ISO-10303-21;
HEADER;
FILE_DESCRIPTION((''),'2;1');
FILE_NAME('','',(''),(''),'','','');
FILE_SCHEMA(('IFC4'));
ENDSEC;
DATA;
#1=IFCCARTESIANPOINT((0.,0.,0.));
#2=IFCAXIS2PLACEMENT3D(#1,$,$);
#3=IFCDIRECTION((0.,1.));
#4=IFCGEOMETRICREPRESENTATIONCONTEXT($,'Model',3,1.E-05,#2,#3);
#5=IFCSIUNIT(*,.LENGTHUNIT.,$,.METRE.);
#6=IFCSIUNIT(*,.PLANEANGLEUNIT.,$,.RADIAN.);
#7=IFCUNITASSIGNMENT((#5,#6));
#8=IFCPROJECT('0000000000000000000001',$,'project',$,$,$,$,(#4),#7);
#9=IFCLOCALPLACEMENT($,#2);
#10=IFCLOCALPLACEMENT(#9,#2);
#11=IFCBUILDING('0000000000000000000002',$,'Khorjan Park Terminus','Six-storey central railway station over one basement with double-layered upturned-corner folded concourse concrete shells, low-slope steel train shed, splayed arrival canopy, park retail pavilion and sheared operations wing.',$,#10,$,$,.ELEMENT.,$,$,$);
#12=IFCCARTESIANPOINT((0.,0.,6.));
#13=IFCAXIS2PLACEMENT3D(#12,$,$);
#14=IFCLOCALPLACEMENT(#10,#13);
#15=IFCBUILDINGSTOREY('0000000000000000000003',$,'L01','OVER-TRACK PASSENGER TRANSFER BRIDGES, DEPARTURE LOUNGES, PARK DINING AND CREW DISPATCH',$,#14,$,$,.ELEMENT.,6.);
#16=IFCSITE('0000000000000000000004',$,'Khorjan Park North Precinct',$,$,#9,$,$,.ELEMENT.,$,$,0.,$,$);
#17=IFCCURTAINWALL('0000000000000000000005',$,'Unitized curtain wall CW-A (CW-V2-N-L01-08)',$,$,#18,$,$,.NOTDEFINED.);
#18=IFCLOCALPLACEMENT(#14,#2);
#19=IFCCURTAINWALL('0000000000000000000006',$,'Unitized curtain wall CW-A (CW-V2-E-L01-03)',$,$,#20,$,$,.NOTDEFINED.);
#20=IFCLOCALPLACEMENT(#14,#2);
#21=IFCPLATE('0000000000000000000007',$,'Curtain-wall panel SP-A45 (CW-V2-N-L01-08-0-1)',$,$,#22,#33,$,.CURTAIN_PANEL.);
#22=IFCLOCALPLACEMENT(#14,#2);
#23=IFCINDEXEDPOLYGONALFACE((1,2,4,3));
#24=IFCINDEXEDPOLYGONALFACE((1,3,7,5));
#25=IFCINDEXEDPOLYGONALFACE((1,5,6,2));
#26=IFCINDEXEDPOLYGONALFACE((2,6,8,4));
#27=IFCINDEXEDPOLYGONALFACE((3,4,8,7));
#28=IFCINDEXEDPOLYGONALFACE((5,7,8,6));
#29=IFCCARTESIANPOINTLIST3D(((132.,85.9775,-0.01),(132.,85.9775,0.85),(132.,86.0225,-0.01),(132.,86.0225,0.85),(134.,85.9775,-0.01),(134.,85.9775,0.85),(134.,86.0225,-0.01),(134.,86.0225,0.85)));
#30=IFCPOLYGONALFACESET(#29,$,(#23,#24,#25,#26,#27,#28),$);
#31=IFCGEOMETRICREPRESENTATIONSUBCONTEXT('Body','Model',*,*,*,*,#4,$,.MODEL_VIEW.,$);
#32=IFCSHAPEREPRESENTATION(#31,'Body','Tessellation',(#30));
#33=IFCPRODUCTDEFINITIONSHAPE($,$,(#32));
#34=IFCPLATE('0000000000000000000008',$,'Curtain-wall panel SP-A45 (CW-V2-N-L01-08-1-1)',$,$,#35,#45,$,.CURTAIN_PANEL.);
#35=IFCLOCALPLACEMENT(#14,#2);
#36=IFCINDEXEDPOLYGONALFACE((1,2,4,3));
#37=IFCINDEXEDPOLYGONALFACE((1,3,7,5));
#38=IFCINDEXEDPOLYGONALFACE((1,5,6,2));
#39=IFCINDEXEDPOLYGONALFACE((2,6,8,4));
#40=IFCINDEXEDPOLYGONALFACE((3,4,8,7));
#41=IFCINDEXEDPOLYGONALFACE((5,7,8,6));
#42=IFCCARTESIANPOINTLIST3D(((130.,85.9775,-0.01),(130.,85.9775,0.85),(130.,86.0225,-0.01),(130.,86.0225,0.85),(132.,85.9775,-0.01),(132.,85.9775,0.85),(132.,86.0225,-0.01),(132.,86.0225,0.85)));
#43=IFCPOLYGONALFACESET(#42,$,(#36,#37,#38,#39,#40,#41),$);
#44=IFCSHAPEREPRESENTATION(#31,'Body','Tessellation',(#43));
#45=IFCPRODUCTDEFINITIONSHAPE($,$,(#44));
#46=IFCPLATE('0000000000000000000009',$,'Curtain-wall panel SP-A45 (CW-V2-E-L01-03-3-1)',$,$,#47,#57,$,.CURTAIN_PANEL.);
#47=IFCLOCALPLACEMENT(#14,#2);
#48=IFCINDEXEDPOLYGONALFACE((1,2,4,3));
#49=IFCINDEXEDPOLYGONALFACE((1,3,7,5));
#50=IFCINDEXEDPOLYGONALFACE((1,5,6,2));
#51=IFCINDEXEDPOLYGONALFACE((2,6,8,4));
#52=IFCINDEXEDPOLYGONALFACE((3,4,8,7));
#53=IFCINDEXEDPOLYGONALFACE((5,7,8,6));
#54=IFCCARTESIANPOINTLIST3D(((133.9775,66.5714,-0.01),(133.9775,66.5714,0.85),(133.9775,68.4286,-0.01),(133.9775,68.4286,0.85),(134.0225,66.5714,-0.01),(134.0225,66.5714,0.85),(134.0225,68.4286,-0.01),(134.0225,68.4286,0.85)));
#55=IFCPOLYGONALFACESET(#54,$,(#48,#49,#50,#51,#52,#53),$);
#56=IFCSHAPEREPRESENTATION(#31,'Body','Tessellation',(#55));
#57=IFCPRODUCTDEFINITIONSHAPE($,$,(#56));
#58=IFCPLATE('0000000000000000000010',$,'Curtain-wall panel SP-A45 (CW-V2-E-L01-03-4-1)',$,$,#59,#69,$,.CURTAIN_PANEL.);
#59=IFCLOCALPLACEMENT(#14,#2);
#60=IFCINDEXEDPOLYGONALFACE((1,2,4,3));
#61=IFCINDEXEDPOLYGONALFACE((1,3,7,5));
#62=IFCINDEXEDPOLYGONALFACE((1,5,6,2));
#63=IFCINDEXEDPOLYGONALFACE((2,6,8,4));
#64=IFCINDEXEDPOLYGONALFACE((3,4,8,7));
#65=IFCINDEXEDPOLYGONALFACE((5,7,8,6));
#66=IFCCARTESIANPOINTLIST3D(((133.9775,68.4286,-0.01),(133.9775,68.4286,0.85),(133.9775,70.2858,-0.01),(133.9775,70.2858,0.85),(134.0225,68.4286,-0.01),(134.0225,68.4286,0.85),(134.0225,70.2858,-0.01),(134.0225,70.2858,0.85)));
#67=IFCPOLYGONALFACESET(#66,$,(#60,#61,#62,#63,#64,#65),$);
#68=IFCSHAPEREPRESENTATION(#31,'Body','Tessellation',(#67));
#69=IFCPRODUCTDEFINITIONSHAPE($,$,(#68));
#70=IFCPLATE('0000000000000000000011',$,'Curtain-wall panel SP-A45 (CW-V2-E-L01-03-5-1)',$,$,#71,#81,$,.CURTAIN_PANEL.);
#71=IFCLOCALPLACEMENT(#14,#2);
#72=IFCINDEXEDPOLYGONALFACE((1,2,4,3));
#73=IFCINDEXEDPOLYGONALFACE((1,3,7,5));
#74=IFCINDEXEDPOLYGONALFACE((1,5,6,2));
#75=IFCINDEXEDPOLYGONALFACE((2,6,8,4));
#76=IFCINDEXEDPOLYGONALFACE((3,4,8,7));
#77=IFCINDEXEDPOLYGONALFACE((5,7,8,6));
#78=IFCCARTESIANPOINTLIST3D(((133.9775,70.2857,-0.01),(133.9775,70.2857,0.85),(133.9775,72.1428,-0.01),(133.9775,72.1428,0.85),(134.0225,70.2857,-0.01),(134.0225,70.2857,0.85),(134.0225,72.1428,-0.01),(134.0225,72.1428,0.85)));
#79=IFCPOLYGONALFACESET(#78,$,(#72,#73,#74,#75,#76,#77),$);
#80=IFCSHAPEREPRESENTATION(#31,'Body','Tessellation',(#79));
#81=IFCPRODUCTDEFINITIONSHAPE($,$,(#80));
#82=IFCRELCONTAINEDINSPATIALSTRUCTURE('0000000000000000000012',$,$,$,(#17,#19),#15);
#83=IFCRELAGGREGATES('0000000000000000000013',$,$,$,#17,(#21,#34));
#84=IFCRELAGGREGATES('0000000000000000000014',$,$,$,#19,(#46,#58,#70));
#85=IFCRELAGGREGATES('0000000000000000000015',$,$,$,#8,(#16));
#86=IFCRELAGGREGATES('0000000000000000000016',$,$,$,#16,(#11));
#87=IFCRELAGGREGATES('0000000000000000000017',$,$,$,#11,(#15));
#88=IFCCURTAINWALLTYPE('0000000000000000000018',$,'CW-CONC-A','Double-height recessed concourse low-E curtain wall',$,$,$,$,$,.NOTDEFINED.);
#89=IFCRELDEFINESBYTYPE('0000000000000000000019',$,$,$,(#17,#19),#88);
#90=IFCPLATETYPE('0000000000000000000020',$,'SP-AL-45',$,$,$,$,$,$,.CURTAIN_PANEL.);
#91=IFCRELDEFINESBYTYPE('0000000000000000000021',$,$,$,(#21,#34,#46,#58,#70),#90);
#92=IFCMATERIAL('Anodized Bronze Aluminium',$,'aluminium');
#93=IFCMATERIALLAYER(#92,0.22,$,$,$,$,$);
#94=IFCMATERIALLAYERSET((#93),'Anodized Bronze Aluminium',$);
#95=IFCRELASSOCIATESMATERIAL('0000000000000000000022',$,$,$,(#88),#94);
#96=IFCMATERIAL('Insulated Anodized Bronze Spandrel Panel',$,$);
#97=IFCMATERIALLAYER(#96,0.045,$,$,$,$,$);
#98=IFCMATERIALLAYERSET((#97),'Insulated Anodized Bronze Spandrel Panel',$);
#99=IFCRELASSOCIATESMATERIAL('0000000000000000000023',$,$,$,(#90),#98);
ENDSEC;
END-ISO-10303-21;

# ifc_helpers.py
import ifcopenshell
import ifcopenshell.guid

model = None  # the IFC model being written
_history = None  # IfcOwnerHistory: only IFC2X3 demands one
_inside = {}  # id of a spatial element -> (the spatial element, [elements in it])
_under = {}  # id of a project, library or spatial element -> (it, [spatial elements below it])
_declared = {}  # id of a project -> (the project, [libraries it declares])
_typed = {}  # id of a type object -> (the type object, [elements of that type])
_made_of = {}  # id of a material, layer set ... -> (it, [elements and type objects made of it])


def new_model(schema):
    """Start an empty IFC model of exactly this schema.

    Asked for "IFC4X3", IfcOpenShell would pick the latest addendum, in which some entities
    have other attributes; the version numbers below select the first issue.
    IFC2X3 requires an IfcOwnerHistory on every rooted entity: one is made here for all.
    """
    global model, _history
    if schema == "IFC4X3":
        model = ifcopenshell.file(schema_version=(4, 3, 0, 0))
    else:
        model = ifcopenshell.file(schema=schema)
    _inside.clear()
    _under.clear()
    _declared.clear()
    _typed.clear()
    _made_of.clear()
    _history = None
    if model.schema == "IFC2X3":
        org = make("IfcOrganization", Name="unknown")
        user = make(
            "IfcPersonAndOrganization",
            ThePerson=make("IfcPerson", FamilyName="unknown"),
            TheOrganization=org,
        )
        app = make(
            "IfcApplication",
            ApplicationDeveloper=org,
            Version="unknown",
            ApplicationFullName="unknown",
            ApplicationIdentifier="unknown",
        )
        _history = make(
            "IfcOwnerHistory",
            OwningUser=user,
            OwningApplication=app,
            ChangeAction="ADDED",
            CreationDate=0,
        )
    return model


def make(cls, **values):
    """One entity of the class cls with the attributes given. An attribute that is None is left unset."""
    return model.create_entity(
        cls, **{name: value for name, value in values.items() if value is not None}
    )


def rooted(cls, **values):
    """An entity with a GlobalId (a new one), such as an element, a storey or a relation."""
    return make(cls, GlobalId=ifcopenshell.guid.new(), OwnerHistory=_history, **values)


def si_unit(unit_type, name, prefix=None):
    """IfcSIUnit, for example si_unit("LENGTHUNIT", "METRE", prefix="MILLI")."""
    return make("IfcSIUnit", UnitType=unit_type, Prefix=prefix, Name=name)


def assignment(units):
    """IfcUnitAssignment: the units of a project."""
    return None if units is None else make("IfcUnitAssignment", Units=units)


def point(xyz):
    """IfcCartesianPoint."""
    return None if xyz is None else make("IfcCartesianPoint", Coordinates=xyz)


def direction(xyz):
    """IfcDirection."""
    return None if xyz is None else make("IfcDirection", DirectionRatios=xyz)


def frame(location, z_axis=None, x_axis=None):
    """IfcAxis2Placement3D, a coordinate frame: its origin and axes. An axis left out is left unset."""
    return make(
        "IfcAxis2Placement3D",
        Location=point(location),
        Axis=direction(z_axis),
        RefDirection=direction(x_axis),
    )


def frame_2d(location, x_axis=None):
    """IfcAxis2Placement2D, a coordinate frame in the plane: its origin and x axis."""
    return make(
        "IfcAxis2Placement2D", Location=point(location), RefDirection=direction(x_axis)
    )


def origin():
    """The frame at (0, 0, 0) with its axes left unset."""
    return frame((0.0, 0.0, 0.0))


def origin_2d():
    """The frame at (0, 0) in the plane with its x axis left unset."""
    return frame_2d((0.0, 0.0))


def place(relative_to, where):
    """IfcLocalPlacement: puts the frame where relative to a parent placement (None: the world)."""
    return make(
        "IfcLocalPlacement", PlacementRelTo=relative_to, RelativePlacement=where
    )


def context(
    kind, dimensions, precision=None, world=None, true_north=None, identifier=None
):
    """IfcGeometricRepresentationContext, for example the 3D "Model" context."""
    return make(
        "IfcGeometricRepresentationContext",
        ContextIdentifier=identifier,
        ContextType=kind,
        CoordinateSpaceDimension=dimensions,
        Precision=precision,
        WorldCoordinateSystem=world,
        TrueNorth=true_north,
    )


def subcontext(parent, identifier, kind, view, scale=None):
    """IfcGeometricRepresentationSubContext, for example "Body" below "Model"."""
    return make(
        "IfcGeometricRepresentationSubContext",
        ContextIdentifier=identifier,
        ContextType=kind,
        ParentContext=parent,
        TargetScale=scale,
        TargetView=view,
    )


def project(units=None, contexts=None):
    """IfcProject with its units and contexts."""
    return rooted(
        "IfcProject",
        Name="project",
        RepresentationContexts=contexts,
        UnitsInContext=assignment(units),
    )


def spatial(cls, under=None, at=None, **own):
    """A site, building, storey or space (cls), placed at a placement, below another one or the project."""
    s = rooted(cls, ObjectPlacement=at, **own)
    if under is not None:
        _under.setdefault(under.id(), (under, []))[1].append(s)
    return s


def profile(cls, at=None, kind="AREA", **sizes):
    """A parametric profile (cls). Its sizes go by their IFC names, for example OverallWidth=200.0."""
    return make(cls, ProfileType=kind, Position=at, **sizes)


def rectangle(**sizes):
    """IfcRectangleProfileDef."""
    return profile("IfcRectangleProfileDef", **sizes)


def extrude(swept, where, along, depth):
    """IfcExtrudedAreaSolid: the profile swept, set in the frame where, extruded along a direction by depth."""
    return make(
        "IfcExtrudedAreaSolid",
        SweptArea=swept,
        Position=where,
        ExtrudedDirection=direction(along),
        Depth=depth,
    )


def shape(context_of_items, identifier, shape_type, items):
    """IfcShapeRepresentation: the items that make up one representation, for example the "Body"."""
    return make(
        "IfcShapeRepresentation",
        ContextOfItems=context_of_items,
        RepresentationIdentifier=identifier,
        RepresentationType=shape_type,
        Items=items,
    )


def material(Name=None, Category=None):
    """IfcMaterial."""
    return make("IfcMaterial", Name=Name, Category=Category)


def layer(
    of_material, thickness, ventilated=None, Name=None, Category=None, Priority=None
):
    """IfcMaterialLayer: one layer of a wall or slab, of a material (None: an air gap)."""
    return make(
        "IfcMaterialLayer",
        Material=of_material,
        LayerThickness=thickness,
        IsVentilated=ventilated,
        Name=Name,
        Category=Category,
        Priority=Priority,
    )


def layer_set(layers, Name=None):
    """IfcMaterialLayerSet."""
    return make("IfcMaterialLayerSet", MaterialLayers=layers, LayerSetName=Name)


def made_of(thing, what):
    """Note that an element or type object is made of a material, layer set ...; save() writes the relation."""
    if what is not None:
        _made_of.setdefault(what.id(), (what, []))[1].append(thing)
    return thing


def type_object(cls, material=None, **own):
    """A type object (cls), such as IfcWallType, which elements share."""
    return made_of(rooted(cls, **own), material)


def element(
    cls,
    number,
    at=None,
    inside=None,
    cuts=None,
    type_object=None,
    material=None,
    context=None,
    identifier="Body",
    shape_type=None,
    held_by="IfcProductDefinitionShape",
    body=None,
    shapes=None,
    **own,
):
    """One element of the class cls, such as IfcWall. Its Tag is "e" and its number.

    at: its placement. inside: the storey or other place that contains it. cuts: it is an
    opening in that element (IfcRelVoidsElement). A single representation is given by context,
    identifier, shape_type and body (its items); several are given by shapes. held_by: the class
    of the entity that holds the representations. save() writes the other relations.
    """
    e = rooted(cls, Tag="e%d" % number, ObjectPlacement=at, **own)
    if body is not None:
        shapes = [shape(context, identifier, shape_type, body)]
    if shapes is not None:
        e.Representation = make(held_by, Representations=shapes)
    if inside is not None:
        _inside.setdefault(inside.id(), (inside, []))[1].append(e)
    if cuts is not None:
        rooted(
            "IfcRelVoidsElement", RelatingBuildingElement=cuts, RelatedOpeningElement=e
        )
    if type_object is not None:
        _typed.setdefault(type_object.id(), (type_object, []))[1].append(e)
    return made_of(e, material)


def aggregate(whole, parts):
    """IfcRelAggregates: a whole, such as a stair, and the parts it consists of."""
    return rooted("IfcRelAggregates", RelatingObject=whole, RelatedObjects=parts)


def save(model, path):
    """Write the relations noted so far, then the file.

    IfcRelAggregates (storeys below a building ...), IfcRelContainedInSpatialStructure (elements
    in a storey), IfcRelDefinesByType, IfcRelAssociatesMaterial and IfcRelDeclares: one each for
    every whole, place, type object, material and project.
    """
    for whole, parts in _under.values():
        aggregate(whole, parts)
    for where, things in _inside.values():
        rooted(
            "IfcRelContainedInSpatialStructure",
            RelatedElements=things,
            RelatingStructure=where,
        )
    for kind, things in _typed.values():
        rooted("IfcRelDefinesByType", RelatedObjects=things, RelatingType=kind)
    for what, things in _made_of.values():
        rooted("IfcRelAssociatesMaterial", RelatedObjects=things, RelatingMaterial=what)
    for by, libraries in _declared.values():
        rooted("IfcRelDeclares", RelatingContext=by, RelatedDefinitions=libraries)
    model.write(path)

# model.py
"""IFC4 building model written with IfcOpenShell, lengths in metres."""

from ifc_helpers import new_model, si_unit, direction, frame, origin, origin_2d, place, context, subcontext, project, spatial, rectangle, extrude, material, layer, layer_set, type_object, element, aggregate, save


model = new_model("IFC4")

# Units and contexts
model_context = context("Model", 3, precision=1e-05, world=origin(), true_north=direction((0.0, 1.0)))
body_context = subcontext(model_context, "Body", "Model", "MODEL_VIEW")
ifc_project = project(units=[si_unit("LENGTHUNIT", "METRE"), si_unit("PLANEANGLEUNIT", "RADIAN")], contexts=[model_context])

# Site, building, storey
site_placement = place(None, origin())
site = spatial("IfcSite", under=ifc_project, at=site_placement, Name="Khorjan Park North Precinct", CompositionType="ELEMENT", RefElevation=0.0)
building_placement = place(site_placement, origin())
building = spatial("IfcBuilding", under=site, at=building_placement, Name="Khorjan Park Terminus", Description="Six-storey central railway station over one basement with double-layered upturned-corner folded concourse concrete shells, low-slope steel train shed, splayed arrival canopy, park retail pavilion and sheared operations wing.", CompositionType="ELEMENT")
storey_placement = place(building_placement, frame((0.0, 0.0, 6.0)))
storey = spatial("IfcBuildingStorey", under=building, at=storey_placement, Name="L01", Description="OVER-TRACK PASSENGER TRANSFER BRIDGES, DEPARTURE LOUNGES, PARK DINING AND CREW DISPATCH", CompositionType="ELEMENT", Elevation=6.0)

# Curtain wall
ifc_material_1 = material(Name="Anodized Bronze Aluminium", Category="aluminium")
ifc_layer_1 = layer(ifc_material_1, 0.22)
ifc_layer_set_1 = layer_set([ifc_layer_1], Name="Anodized Bronze Aluminium")
curtain_wall_type = type_object("IfcCurtainWallType", Name="CW-CONC-A", Description="Double-height recessed concourse low-E curtain wall", PredefinedType="NOTDEFINED", material=ifc_layer_set_1)
curtain_wall_1_placement = place(storey_placement, origin())
curtain_wall_1 = element("IfcCurtainWall", 1, at=curtain_wall_1_placement, inside=storey, type_object=curtain_wall_type, Name="Unitized curtain wall CW-A (CW-V2-N-L01-08)", PredefinedType="NOTDEFINED")

# Curtain wall
curtain_wall_2_placement = place(storey_placement, origin())
curtain_wall_2 = element("IfcCurtainWall", 2, at=curtain_wall_2_placement, inside=storey, type_object=curtain_wall_type, Name="Unitized curtain wall CW-A (CW-V2-E-L01-03)", PredefinedType="NOTDEFINED")

# Plates
ifc_material_2 = material(Name="Insulated Anodized Bronze Spandrel Panel")
ifc_layer_2 = layer(ifc_material_2, 0.045)
ifc_layer_set_2 = layer_set([ifc_layer_2], Name="Insulated Anodized Bronze Spandrel Panel")
plate_type_1 = type_object("IfcPlateType", Name="SP-AL-45", PredefinedType="CURTAIN_PANEL", material=ifc_layer_set_2)
plate_1_placement = place(storey_placement, frame((133.0, 86.0, -0.01), z_axis=(0.0, 0.0, 1.0), x_axis=(-1.0, 0.0, 0.0)))
plate_1 = element("IfcPlate", 3, at=plate_1_placement, type_object=plate_type_1, Name="Curtain-wall panel SP-A45 (CW-V2-N-L01-08-0-1)", PredefinedType="CURTAIN_PANEL", context=body_context, shape_type="SweptSolid", body=[
    extrude(rectangle(XDim=2.0, YDim=0.045, at=origin_2d()), origin(), (0.0, 0.0, 1.0), 0.86),
])
plate_2_placement = place(storey_placement, frame((131.0, 86.0, -0.01), z_axis=(0.0, 0.0, 1.0), x_axis=(-1.0, 0.0, 0.0)))
plate_2 = element("IfcPlate", 4, at=plate_2_placement, type_object=plate_type_1, Name="Curtain-wall panel SP-A45 (CW-V2-N-L01-08-1-1)", PredefinedType="CURTAIN_PANEL", context=body_context, shape_type="SweptSolid", body=[
    extrude(rectangle(XDim=2.0, YDim=0.045, at=origin_2d()), origin(), (0.0, 0.0, 1.0), 0.86),
])
aggregate(curtain_wall_1, [plate_1, plate_2])
plate_3_placement = place(storey_placement, frame((134.0, 67.5, -0.01), z_axis=(0.0, 0.0, 1.0), x_axis=(0.0, 1.0, 0.0)))
plate_3 = element("IfcPlate", 5, at=plate_3_placement, type_object=plate_type_1, Name="Curtain-wall panel SP-A45 (CW-V2-E-L01-03-3-1)", PredefinedType="CURTAIN_PANEL", context=body_context, shape_type="SweptSolid", body=[
    extrude(rectangle(XDim=1.8571, YDim=0.045, at=origin_2d()), origin(), (0.0, 0.0, 1.0), 0.86),
])
plate_4_placement = place(storey_placement, frame((134.0, 69.3572, -0.01), z_axis=(0.0, 0.0, 1.0), x_axis=(0.0, 1.0, 0.0)))
plate_4 = element("IfcPlate", 6, at=plate_4_placement, type_object=plate_type_1, Name="Curtain-wall panel SP-A45 (CW-V2-E-L01-03-4-1)", PredefinedType="CURTAIN_PANEL", context=body_context, shape_type="SweptSolid", body=[
    extrude(rectangle(XDim=1.8571, YDim=0.045, at=origin_2d()), origin(), (0.0, 0.0, 1.0), 0.86),
])
plate_5_placement = place(storey_placement, frame((134.0, 71.2143, -0.01), z_axis=(0.0, 0.0, 1.0), x_axis=(0.0, 1.0, 0.0)))
plate_5 = element("IfcPlate", 7, at=plate_5_placement, type_object=plate_type_1, Name="Curtain-wall panel SP-A45 (CW-V2-E-L01-03-5-1)", PredefinedType="CURTAIN_PANEL", context=body_context, shape_type="SweptSolid", body=[
    extrude(rectangle(XDim=1.8571, YDim=0.045, at=origin_2d()), origin(), (0.0, 0.0, 1.0), 0.86),
])
aggregate(curtain_wall_2, [plate_3, plate_4, plate_5])

save(model, "model.ifc")
